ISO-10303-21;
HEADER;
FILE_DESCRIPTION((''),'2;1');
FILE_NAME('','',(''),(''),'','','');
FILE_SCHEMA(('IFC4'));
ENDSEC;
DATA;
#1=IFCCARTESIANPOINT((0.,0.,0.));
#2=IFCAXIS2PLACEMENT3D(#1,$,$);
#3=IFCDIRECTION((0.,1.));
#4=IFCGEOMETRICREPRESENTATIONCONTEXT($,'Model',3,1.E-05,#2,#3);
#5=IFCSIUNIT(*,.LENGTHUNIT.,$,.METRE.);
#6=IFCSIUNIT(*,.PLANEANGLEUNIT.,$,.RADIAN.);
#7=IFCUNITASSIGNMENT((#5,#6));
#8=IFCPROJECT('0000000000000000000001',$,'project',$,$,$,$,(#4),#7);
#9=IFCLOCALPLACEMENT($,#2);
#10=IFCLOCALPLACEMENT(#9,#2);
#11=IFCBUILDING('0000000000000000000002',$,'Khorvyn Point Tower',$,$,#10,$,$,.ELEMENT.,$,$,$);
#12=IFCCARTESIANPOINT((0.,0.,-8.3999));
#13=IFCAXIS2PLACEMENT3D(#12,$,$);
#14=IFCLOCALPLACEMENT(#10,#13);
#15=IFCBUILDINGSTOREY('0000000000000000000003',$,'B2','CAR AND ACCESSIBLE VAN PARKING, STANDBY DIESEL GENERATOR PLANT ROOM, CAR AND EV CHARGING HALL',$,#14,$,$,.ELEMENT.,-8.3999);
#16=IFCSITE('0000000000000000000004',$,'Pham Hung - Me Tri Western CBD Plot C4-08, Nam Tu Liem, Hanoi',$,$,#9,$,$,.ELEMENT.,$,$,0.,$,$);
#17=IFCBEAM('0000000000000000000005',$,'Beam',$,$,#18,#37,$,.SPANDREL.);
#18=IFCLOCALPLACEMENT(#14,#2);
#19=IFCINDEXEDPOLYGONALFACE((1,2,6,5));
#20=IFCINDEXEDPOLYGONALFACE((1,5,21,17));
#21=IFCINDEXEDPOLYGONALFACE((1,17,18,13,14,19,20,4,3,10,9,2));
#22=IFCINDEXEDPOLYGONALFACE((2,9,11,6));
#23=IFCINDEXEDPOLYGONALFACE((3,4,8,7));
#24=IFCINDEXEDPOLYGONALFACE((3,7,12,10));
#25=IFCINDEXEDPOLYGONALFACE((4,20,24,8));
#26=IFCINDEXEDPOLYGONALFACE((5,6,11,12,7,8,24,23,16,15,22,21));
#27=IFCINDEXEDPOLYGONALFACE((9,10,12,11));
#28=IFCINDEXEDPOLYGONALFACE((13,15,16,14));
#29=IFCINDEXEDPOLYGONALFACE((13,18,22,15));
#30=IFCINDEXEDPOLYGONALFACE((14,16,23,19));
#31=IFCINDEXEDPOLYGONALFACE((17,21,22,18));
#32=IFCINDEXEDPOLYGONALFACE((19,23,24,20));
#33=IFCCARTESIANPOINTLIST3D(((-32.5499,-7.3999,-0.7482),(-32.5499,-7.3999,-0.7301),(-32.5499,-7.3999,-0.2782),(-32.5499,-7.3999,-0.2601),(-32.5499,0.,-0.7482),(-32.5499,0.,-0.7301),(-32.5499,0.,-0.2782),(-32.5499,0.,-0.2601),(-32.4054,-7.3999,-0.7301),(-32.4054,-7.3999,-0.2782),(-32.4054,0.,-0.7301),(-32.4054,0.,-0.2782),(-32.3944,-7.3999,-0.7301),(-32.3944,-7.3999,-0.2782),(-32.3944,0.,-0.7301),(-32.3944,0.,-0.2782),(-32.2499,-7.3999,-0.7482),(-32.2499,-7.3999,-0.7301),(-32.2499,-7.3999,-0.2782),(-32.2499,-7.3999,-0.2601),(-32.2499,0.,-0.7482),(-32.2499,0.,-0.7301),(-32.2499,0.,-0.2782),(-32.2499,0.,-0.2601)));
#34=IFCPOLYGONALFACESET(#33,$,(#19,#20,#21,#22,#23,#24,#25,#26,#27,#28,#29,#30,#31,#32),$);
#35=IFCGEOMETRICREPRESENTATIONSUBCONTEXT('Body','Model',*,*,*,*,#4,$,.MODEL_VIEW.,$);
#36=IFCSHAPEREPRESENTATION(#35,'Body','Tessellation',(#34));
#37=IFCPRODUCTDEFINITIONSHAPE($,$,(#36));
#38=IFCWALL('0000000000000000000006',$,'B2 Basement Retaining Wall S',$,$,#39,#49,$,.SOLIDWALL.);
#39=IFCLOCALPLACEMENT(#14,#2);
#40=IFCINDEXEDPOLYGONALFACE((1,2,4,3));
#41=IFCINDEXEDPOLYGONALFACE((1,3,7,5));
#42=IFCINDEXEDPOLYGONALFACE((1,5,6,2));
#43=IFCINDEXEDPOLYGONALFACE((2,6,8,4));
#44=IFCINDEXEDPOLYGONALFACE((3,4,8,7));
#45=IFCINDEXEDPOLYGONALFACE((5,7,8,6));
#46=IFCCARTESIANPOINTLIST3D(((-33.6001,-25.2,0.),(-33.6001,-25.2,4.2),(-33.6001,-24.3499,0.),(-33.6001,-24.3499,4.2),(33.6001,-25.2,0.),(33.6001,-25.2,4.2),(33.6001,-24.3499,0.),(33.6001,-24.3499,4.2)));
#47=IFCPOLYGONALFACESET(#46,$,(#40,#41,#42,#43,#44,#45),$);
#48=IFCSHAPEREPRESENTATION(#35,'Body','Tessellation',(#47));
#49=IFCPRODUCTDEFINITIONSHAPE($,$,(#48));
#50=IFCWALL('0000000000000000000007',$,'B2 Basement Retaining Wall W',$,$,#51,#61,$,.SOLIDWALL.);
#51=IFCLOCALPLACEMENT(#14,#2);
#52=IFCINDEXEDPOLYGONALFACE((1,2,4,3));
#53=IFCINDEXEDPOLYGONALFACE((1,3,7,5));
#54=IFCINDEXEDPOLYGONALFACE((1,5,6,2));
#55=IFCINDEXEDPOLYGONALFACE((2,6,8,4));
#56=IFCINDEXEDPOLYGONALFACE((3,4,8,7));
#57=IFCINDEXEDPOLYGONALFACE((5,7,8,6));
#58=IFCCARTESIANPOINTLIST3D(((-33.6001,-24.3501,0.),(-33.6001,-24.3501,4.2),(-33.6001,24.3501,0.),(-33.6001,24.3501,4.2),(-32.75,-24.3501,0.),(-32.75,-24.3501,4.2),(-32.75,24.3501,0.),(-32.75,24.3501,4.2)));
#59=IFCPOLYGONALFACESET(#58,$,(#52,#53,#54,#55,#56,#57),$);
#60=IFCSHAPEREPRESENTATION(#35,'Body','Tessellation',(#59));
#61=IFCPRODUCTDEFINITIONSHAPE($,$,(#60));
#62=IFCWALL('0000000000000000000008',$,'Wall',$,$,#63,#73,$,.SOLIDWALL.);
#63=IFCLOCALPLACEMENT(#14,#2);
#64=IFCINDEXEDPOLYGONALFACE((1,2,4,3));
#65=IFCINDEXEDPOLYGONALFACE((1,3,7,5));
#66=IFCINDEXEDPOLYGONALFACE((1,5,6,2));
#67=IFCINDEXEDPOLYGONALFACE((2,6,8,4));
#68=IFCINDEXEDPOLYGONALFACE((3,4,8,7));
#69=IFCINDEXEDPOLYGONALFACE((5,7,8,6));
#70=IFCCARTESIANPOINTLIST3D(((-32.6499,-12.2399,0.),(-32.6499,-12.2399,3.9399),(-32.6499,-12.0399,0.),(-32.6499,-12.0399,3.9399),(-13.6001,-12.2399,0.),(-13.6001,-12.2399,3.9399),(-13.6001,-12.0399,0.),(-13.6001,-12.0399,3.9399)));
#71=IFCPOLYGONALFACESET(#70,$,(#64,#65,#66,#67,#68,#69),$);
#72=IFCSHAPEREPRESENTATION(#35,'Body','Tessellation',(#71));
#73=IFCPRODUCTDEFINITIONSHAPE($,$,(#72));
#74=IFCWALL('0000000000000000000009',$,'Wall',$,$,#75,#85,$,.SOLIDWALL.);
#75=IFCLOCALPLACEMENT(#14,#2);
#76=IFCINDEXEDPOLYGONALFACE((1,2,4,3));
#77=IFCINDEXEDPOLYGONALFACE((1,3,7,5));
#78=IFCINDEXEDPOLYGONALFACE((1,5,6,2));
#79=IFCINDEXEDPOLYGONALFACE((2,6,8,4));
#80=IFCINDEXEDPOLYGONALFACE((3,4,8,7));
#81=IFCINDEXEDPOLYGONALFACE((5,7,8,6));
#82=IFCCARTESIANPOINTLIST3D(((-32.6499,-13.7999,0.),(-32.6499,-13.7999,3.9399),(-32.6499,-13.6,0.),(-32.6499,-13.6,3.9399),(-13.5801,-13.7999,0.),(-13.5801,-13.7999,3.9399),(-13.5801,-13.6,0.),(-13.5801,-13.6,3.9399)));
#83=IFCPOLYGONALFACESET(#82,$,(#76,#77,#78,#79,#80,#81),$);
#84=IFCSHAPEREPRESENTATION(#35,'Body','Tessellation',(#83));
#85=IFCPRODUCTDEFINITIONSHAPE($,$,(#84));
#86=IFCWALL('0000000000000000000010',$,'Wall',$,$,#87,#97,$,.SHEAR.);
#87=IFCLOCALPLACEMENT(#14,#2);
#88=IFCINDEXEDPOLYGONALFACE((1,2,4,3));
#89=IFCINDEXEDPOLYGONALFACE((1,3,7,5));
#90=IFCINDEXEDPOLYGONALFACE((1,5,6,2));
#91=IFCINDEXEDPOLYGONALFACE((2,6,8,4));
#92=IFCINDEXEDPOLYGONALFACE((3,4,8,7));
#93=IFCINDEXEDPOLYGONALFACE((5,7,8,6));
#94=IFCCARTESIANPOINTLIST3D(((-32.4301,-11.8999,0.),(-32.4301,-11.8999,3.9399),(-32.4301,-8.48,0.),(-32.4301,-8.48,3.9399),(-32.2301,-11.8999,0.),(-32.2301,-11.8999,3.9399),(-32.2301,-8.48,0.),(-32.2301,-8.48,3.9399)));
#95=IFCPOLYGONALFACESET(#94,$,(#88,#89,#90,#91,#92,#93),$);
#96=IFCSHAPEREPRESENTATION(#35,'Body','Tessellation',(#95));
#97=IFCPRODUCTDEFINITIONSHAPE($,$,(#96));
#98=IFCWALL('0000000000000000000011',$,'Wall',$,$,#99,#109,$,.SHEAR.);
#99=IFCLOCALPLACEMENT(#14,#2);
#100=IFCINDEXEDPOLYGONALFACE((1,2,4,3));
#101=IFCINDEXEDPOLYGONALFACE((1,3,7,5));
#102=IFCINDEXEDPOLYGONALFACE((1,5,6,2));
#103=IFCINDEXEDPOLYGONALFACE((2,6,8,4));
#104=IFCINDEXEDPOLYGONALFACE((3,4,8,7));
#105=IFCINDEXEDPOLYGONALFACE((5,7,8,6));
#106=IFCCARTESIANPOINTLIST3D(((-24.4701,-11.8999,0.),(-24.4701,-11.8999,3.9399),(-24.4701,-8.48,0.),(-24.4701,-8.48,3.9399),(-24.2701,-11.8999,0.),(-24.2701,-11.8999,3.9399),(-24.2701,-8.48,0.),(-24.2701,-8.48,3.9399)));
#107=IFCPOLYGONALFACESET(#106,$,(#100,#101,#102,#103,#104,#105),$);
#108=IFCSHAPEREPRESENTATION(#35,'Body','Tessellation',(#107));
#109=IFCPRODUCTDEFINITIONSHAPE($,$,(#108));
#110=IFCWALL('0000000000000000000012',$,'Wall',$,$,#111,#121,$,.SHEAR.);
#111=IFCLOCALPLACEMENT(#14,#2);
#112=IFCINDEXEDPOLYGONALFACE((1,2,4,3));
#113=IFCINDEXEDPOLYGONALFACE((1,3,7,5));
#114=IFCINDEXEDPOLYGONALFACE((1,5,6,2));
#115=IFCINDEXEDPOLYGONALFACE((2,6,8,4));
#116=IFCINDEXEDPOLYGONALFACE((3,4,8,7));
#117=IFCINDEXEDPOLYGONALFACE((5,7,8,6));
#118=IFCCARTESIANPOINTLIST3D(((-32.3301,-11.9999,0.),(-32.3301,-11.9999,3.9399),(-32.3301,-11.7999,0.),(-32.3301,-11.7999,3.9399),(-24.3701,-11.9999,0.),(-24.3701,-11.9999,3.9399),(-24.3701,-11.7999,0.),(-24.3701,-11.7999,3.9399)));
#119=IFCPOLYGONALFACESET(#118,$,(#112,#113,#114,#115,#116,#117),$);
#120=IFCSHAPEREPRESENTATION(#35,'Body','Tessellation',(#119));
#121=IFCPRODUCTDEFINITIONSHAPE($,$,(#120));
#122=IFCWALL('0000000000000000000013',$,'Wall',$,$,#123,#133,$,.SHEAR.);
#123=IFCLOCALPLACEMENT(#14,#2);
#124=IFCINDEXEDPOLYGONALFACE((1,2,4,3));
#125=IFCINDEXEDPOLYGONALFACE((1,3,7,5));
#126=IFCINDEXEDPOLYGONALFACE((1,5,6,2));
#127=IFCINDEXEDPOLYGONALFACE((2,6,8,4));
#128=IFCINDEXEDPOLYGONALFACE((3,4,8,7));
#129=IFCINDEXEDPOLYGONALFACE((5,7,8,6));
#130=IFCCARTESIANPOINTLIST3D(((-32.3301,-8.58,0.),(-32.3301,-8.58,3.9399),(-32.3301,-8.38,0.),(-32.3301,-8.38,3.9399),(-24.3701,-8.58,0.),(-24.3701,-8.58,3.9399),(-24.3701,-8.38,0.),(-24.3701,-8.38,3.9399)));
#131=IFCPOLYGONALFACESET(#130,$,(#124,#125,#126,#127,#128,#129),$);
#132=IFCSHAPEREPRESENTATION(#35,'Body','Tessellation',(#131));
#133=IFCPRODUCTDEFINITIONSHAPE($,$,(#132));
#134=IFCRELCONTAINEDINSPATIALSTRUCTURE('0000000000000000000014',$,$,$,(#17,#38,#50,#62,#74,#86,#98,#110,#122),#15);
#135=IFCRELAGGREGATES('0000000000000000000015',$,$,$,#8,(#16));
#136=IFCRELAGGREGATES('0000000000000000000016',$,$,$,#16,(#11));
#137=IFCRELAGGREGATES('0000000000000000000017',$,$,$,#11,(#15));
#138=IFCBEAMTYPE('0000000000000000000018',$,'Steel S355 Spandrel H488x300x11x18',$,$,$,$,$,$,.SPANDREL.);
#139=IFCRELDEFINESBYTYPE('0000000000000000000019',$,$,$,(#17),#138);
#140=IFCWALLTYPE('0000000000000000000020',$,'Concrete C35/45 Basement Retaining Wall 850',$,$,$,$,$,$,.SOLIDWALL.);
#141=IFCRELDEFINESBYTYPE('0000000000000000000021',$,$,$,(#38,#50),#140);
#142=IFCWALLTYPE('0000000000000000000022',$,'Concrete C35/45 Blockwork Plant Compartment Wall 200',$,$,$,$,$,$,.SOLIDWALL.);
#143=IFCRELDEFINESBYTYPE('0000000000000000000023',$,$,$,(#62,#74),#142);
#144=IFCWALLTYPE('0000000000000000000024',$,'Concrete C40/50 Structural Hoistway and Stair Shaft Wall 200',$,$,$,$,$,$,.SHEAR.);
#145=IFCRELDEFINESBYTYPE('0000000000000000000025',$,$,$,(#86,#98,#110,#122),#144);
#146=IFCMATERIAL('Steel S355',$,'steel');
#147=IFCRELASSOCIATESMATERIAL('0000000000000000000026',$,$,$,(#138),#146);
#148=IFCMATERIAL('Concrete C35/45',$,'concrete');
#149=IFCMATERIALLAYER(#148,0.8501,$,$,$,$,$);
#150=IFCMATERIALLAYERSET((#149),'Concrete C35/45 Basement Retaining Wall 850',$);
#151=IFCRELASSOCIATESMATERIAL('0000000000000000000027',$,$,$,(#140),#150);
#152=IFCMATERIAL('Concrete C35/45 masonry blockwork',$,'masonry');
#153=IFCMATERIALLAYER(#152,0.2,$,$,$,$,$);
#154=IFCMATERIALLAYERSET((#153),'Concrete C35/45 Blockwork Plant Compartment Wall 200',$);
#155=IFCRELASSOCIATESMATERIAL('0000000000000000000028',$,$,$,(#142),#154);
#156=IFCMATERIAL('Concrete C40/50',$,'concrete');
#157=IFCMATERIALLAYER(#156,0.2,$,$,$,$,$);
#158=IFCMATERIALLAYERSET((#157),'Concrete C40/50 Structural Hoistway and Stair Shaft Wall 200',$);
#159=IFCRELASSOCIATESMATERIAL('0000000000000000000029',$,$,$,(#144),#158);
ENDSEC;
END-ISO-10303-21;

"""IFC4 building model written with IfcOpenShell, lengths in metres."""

from ifc_helpers import new_model, si_unit, direction, frame, frame_2d, origin, origin_2d, place, context, subcontext, project, spatial, rectangle, i_section, extrude, material, layer, layer_set, material_profile, profile_set, type_object, element, save


model = new_model("IFC4")

# Units and contexts
model_context = context("Model", 3, precision=1e-05, world=origin(), true_north=direction((0.0, 1.0)))
body_context = subcontext(model_context, "Body", "Model", "MODEL_VIEW")
ifc_project = project(units=[si_unit("LENGTHUNIT", "METRE"), si_unit("PLANEANGLEUNIT", "RADIAN")], contexts=[model_context])

# Site, building, storey
site_placement = place(None, origin())
site = spatial("IfcSite", under=ifc_project, at=site_placement, Name="Pham Hung - Me Tri Western CBD Plot C4-08, Nam Tu Liem, Hanoi", CompositionType="ELEMENT", RefElevation=0.0)
building_placement = place(site_placement, origin())
building = spatial("IfcBuilding", under=site, at=building_placement, Name="Khorvyn Point Tower", CompositionType="ELEMENT")
storey_placement = place(building_placement, frame((0.0, 0.0, -8.3999)))
storey = spatial("IfcBuildingStorey", under=building, at=storey_placement, Name="B2", Description="CAR AND ACCESSIBLE VAN PARKING, STANDBY DIESEL GENERATOR PLANT ROOM, CAR AND EV CHARGING HALL", CompositionType="ELEMENT", Elevation=-8.3999)

# Shared definitions
ifc_material_1 = material(Name="Concrete C40/50", Category="concrete")

# Beam
ifc_material_2 = material(Name="Steel S355", Category="steel")
ifc_material_profile_1 = material_profile(ifc_material_2, i_section(OverallWidth=0.3, OverallDepth=0.488, WebThickness=0.011, FlangeThickness=0.0181, at=origin_2d()))
ifc_profile_set_1 = profile_set([ifc_material_profile_1], Name="Steel S355 H488x300x11x18")
beam_type_1 = type_object("IfcBeamType", Name="Steel S355 Spandrel H488x300x11x18", PredefinedType="SPANDREL", material=ifc_profile_set_1)
beam_1_placement = place(storey_placement, frame((-32.3999, -7.3999, -0.5042), z_axis=(0.0, 1.0, 0.0), x_axis=(-1.0, 0.0, 0.0)))
element("IfcBeam", 1, at=beam_1_placement, inside=storey, type_object=beam_type_1, Name="Beam", PredefinedType="SPANDREL", context=body_context, shape_type="SweptSolid", body=[
    extrude(i_section(OverallWidth=0.3, OverallDepth=0.488, WebThickness=0.011, FlangeThickness=0.0181, at=origin_2d()), origin(), (0.0, 0.0, 1.0), 7.3999),
])

# Walls
ifc_material_3 = material(Name="Concrete C35/45", Category="concrete")
ifc_layer_1 = layer(ifc_material_3, 0.8501)
ifc_layer_set_1 = layer_set([ifc_layer_1], Name="Concrete C35/45 Basement Retaining Wall 850")
wall_type_1 = type_object("IfcWallType", Name="Concrete C35/45 Basement Retaining Wall 850", PredefinedType="SOLIDWALL", material=ifc_layer_set_1)
wall_1_placement = place(storey_placement, frame((-33.6001, -24.7749, 0.0), z_axis=(0.0, 0.0, 1.0), x_axis=(1.0, 0.0, 0.0)))
element("IfcWall", 2, at=wall_1_placement, inside=storey, type_object=wall_type_1, Name="B2 Basement Retaining Wall S", PredefinedType="SOLIDWALL", context=body_context, shape_type="SweptSolid", body=[
    extrude(rectangle(XDim=67.2002, YDim=0.8501, at=frame_2d((33.6001, 0.0))), origin(), (0.0, 0.0, 1.0), 4.2),
])
wall_2_placement = place(storey_placement, frame((-33.175, -24.3501, 0.0), z_axis=(0.0, 0.0, 1.0), x_axis=(0.0, 1.0, 0.0)))
element("IfcWall", 3, at=wall_2_placement, inside=storey, type_object=wall_type_1, Name="B2 Basement Retaining Wall W", PredefinedType="SOLIDWALL", context=body_context, shape_type="SweptSolid", body=[
    extrude(rectangle(XDim=48.7002, YDim=0.8501, at=frame_2d((24.3501, 0.0))), origin(), (0.0, 0.0, 1.0), 4.2),
])
ifc_material_4 = material(Name="Concrete C35/45 masonry blockwork", Category="masonry")
ifc_layer_2 = layer(ifc_material_4, 0.2)
ifc_layer_set_2 = layer_set([ifc_layer_2], Name="Concrete C35/45 Blockwork Plant Compartment Wall 200")
wall_type_2 = type_object("IfcWallType", Name="Concrete C35/45 Blockwork Plant Compartment Wall 200", PredefinedType="SOLIDWALL", material=ifc_layer_set_2)
wall_3_placement = place(storey_placement, frame((-32.6499, -12.1399, 0.0), z_axis=(0.0, 0.0, 1.0), x_axis=(1.0, 0.0, 0.0)))
element("IfcWall", 4, at=wall_3_placement, inside=storey, type_object=wall_type_2, Name="Wall", PredefinedType="SOLIDWALL", context=body_context, shape_type="SweptSolid", body=[
    extrude(rectangle(XDim=19.0498, YDim=0.2, at=frame_2d((9.5249, 0.0))), origin(), (0.0, 0.0, 1.0), 3.9399),
])
wall_4_placement = place(storey_placement, frame((-32.6499, -13.7, 0.0), z_axis=(0.0, 0.0, 1.0), x_axis=(1.0, 0.0, 0.0)))
element("IfcWall", 5, at=wall_4_placement, inside=storey, type_object=wall_type_2, Name="Wall", PredefinedType="SOLIDWALL", context=body_context, shape_type="SweptSolid", body=[
    extrude(rectangle(XDim=19.0698, YDim=0.2, at=frame_2d((9.5349, 0.0))), origin(), (0.0, 0.0, 1.0), 3.9399),
])
ifc_layer_3 = layer(ifc_material_1, 0.2)
ifc_layer_set_3 = layer_set([ifc_layer_3], Name="Concrete C40/50 Structural Hoistway and Stair Shaft Wall 200")
wall_type_3 = type_object("IfcWallType", Name="Concrete C40/50 Structural Hoistway and Stair Shaft Wall 200", PredefinedType="SHEAR", material=ifc_layer_set_3)
for number, where, z_axis, x_axis, name in (
    (6, (-32.3301, -11.8999, 0.0), (0.0, 0.0, 1.0), (0.0, 1.0, 0.0), "Wall"),
    (7, (-24.3701, -8.48, 0.0), (0.0, 0.0, 1.0), (0.0, -1.0, 0.0), "Wall"),
):
    element("IfcWall", number, at=place(storey_placement, frame(where, z_axis=z_axis, x_axis=x_axis)), inside=storey, type_object=wall_type_3, Name=name, PredefinedType="SHEAR", context=body_context, shape_type="SweptSolid", body=[
        extrude(rectangle(XDim=3.4199, YDim=0.2, at=frame_2d((1.71, 0.0))), origin(), (0.0, 0.0, 1.0), 3.9399),
    ])
for number, where, z_axis, x_axis, name in (
    (8, (-24.3701, -11.8999, 0.0), (0.0, 0.0, 1.0), (-1.0, 0.0, 0.0), "Wall"),
    (9, (-32.3301, -8.48, 0.0), (0.0, 0.0, 1.0), (1.0, 0.0, 0.0), "Wall"),
):
    element("IfcWall", number, at=place(storey_placement, frame(where, z_axis=z_axis, x_axis=x_axis)), inside=storey, type_object=wall_type_3, Name=name, PredefinedType="SHEAR", context=body_context, shape_type="SweptSolid", body=[
        extrude(rectangle(XDim=7.96, YDim=0.2, at=frame_2d((3.98, 0.0))), origin(), (0.0, 0.0, 1.0), 3.9399),
    ])

save(model, "model.ifc")
